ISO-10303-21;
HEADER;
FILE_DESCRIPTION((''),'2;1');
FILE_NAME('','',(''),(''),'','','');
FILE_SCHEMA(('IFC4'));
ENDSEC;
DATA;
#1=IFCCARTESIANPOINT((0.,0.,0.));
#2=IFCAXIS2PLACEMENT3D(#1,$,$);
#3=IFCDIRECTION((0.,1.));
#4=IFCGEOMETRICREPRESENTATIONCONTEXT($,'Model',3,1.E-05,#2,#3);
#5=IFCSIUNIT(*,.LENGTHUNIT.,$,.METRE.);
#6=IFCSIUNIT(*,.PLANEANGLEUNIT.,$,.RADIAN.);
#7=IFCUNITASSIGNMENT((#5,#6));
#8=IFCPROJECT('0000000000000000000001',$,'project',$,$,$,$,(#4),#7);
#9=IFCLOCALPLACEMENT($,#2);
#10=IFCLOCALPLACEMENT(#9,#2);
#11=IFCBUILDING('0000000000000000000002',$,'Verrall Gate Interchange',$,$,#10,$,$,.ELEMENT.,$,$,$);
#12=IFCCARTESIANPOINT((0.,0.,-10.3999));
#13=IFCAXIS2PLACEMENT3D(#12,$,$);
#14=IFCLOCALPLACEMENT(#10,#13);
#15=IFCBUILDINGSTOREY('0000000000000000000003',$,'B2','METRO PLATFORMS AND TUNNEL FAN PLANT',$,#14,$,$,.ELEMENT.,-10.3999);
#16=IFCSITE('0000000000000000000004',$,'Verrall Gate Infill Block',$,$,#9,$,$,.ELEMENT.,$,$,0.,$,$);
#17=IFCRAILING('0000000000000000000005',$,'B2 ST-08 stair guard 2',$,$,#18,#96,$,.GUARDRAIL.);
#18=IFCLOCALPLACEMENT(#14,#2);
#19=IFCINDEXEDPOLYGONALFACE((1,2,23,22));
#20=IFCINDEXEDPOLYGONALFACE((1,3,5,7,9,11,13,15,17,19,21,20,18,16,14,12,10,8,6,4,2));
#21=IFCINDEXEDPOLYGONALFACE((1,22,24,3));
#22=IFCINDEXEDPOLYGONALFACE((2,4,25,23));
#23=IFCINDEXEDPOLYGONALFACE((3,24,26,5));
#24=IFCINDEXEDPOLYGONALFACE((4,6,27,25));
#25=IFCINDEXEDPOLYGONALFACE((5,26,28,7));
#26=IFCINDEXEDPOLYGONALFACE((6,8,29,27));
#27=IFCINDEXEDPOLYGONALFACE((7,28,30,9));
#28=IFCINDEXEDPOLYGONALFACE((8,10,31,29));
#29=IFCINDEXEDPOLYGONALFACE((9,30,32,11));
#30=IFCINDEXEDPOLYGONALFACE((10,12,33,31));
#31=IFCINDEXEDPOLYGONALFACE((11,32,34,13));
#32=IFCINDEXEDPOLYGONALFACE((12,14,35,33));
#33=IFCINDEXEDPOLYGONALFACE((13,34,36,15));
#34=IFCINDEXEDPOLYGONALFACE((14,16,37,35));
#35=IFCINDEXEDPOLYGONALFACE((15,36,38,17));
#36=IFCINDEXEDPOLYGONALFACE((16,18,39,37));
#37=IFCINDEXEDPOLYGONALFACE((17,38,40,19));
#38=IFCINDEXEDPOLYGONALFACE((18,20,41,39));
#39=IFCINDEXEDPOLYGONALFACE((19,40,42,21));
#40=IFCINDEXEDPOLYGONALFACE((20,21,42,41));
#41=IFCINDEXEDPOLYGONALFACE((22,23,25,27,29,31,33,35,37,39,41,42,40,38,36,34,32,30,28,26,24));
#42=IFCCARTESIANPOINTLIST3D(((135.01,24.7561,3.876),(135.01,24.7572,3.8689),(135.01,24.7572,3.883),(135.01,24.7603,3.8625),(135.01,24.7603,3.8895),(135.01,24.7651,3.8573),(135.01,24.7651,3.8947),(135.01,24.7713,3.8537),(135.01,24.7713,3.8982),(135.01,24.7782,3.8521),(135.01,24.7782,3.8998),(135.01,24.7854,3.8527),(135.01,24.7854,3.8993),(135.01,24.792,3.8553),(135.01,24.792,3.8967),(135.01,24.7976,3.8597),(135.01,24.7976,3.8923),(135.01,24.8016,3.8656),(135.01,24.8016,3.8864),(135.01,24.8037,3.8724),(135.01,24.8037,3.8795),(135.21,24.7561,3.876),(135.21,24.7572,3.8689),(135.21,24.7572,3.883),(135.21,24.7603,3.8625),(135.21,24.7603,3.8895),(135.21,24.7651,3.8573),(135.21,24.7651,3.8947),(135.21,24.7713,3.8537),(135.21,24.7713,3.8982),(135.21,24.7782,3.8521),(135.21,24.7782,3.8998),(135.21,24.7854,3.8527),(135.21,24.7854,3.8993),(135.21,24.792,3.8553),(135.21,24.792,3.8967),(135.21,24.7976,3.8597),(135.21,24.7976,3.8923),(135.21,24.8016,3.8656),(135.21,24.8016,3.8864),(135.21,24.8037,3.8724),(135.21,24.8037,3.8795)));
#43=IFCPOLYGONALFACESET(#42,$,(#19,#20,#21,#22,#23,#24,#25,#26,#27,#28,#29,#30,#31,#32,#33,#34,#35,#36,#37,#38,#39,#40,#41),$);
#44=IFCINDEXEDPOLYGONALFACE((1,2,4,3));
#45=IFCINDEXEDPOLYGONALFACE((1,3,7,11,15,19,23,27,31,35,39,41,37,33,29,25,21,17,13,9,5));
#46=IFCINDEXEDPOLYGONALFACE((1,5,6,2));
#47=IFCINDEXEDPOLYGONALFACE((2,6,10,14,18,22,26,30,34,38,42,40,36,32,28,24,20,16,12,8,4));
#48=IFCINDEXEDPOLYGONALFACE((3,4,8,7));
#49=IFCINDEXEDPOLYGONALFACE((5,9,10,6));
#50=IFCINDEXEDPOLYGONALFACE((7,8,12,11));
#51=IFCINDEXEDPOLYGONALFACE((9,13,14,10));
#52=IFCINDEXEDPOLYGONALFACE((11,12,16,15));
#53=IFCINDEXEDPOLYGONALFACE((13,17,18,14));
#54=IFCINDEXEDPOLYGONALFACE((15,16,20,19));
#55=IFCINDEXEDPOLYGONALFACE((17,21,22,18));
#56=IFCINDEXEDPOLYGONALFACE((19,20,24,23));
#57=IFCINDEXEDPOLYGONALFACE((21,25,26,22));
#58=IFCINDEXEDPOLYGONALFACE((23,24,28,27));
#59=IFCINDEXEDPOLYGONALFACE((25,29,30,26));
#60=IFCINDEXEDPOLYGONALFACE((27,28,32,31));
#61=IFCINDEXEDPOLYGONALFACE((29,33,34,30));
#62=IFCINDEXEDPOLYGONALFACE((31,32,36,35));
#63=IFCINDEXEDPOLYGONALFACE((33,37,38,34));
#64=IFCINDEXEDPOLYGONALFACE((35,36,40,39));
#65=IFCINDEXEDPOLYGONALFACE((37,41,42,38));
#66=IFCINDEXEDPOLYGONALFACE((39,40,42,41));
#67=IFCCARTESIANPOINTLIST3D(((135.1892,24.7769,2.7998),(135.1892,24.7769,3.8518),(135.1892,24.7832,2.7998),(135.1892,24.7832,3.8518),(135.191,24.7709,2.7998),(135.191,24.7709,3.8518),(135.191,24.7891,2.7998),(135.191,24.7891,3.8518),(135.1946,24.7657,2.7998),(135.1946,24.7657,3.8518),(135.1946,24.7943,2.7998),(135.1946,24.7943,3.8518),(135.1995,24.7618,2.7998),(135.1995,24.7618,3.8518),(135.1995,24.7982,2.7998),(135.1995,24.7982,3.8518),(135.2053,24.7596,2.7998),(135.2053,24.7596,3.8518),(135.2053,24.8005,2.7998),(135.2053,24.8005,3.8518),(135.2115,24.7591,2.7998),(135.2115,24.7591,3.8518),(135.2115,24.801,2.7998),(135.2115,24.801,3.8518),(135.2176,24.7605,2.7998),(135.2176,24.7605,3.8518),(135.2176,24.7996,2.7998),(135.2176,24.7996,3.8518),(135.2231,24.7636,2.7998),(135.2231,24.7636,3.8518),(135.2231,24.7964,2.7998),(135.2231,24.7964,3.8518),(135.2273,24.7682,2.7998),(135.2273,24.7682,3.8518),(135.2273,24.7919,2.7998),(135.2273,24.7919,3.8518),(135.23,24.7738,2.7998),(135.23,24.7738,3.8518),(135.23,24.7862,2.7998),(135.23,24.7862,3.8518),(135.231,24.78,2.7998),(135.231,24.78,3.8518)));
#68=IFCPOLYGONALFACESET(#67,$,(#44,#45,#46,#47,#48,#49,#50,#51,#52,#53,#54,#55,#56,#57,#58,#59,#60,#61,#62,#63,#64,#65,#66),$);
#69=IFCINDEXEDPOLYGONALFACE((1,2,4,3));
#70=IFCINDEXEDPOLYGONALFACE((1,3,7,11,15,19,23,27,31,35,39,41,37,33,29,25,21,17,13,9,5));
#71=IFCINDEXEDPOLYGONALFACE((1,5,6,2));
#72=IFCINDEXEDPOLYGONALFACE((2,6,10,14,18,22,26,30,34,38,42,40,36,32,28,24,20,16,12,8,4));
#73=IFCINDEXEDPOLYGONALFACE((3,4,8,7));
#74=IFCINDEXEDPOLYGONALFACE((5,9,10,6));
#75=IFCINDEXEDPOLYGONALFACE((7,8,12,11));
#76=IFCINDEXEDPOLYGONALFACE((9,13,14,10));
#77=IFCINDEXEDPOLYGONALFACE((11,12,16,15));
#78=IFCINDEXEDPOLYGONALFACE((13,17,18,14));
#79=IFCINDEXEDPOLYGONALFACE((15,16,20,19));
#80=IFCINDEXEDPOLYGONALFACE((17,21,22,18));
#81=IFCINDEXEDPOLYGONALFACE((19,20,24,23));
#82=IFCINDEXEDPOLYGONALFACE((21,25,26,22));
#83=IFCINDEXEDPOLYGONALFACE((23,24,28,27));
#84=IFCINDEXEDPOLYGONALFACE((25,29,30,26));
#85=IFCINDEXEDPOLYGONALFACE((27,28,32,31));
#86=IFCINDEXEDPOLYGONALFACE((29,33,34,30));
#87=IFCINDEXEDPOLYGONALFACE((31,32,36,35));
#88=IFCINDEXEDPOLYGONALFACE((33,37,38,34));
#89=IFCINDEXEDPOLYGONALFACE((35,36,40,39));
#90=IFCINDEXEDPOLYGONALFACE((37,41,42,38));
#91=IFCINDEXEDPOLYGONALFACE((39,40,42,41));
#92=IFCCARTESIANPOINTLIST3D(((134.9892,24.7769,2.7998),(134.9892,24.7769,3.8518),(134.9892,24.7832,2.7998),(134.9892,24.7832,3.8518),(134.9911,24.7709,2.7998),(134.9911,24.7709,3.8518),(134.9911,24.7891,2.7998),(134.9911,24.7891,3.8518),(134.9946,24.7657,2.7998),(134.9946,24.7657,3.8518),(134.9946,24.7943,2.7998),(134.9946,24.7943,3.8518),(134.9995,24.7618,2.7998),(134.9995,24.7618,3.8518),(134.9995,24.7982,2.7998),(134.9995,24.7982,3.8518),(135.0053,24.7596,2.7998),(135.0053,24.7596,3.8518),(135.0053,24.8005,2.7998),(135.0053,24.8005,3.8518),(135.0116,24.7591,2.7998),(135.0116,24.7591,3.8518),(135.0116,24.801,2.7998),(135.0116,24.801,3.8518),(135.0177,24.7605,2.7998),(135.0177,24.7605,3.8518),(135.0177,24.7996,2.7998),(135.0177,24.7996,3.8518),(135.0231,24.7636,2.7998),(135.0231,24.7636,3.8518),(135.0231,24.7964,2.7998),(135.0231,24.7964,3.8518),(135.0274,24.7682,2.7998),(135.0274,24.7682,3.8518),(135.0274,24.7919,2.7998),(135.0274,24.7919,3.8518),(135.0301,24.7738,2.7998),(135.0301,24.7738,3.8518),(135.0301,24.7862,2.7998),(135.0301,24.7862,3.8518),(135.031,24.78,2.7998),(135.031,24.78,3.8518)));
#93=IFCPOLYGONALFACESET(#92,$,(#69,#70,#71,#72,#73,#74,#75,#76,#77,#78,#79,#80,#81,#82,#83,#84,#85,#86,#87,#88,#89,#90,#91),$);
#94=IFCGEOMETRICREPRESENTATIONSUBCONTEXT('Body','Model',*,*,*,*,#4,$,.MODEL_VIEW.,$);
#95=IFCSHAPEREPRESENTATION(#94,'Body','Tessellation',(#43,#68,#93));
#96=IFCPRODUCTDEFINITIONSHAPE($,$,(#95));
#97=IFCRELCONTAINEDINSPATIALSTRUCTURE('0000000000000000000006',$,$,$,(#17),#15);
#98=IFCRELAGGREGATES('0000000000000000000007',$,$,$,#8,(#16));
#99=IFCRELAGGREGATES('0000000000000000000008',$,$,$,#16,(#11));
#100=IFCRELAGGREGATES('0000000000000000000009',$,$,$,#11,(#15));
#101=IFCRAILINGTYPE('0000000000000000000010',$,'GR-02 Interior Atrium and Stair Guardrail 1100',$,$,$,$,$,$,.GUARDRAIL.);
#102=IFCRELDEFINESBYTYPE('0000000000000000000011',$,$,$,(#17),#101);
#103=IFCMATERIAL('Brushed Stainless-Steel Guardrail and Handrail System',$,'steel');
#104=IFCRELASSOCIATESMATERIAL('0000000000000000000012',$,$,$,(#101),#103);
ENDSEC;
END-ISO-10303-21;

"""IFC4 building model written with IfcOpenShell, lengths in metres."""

from ifc_helpers import new_model, si_unit, direction, frame, origin, origin_2d, place, context, subcontext, project, spatial, circle, extrude, material, type_object, element, save


model = new_model("IFC4")

# Units and contexts
model_context = context("Model", 3, precision=1e-05, world=origin(), true_north=direction((0.0, 1.0)))
body_context = subcontext(model_context, "Body", "Model", "MODEL_VIEW")
ifc_project = project(units=[si_unit("LENGTHUNIT", "METRE"), si_unit("PLANEANGLEUNIT", "RADIAN")], contexts=[model_context])

# Site, building, storey
site_placement = place(None, origin())
site = spatial("IfcSite", under=ifc_project, at=site_placement, Name="Verrall Gate Infill Block", CompositionType="ELEMENT", RefElevation=0.0)
building_placement = place(site_placement, origin())
building = spatial("IfcBuilding", under=site, at=building_placement, Name="Verrall Gate Interchange", CompositionType="ELEMENT")
storey_placement = place(building_placement, frame((0.0, 0.0, -10.3999)))
storey = spatial("IfcBuildingStorey", under=building, at=storey_placement, Name="B2", Description="METRO PLATFORMS AND TUNNEL FAN PLANT", CompositionType="ELEMENT", Elevation=-10.3999)

# Railing
ifc_material_1 = material(Name="Brushed Stainless-Steel Guardrail and Handrail System", Category="steel")
railing_type_1 = type_object("IfcRailingType", Name="GR-02 Interior Atrium and Stair Guardrail 1100", PredefinedType="GUARDRAIL", material=ifc_material_1)
railing_1_placement = place(storey_placement, frame((135.21, 24.78, 2.7998)))
element("IfcRailing", 1, at=railing_1_placement, inside=storey, type_object=railing_type_1, Name="B2 ST-08 stair guard 2", PredefinedType="GUARDRAIL", context=body_context, shape_type="SweptSolid", body=[
    extrude(circle(Radius=0.0239, at=origin_2d()), frame((0.0, 0.0, 1.0762), z_axis=(-1.0, 0.0, 0.0), x_axis=(0.0, -1.0, 0.0)), (0.0, 0.0, 1.0), 0.2),
    extrude(circle(Radius=0.021, at=origin_2d()), origin(), (0.0, 0.0, 1.0), 1.052),
    extrude(circle(Radius=0.021, at=origin_2d()), frame((-0.2, 0.0, 0.0)), (0.0, 0.0, 1.0), 1.052),
])

save(model, "model.ifc")
